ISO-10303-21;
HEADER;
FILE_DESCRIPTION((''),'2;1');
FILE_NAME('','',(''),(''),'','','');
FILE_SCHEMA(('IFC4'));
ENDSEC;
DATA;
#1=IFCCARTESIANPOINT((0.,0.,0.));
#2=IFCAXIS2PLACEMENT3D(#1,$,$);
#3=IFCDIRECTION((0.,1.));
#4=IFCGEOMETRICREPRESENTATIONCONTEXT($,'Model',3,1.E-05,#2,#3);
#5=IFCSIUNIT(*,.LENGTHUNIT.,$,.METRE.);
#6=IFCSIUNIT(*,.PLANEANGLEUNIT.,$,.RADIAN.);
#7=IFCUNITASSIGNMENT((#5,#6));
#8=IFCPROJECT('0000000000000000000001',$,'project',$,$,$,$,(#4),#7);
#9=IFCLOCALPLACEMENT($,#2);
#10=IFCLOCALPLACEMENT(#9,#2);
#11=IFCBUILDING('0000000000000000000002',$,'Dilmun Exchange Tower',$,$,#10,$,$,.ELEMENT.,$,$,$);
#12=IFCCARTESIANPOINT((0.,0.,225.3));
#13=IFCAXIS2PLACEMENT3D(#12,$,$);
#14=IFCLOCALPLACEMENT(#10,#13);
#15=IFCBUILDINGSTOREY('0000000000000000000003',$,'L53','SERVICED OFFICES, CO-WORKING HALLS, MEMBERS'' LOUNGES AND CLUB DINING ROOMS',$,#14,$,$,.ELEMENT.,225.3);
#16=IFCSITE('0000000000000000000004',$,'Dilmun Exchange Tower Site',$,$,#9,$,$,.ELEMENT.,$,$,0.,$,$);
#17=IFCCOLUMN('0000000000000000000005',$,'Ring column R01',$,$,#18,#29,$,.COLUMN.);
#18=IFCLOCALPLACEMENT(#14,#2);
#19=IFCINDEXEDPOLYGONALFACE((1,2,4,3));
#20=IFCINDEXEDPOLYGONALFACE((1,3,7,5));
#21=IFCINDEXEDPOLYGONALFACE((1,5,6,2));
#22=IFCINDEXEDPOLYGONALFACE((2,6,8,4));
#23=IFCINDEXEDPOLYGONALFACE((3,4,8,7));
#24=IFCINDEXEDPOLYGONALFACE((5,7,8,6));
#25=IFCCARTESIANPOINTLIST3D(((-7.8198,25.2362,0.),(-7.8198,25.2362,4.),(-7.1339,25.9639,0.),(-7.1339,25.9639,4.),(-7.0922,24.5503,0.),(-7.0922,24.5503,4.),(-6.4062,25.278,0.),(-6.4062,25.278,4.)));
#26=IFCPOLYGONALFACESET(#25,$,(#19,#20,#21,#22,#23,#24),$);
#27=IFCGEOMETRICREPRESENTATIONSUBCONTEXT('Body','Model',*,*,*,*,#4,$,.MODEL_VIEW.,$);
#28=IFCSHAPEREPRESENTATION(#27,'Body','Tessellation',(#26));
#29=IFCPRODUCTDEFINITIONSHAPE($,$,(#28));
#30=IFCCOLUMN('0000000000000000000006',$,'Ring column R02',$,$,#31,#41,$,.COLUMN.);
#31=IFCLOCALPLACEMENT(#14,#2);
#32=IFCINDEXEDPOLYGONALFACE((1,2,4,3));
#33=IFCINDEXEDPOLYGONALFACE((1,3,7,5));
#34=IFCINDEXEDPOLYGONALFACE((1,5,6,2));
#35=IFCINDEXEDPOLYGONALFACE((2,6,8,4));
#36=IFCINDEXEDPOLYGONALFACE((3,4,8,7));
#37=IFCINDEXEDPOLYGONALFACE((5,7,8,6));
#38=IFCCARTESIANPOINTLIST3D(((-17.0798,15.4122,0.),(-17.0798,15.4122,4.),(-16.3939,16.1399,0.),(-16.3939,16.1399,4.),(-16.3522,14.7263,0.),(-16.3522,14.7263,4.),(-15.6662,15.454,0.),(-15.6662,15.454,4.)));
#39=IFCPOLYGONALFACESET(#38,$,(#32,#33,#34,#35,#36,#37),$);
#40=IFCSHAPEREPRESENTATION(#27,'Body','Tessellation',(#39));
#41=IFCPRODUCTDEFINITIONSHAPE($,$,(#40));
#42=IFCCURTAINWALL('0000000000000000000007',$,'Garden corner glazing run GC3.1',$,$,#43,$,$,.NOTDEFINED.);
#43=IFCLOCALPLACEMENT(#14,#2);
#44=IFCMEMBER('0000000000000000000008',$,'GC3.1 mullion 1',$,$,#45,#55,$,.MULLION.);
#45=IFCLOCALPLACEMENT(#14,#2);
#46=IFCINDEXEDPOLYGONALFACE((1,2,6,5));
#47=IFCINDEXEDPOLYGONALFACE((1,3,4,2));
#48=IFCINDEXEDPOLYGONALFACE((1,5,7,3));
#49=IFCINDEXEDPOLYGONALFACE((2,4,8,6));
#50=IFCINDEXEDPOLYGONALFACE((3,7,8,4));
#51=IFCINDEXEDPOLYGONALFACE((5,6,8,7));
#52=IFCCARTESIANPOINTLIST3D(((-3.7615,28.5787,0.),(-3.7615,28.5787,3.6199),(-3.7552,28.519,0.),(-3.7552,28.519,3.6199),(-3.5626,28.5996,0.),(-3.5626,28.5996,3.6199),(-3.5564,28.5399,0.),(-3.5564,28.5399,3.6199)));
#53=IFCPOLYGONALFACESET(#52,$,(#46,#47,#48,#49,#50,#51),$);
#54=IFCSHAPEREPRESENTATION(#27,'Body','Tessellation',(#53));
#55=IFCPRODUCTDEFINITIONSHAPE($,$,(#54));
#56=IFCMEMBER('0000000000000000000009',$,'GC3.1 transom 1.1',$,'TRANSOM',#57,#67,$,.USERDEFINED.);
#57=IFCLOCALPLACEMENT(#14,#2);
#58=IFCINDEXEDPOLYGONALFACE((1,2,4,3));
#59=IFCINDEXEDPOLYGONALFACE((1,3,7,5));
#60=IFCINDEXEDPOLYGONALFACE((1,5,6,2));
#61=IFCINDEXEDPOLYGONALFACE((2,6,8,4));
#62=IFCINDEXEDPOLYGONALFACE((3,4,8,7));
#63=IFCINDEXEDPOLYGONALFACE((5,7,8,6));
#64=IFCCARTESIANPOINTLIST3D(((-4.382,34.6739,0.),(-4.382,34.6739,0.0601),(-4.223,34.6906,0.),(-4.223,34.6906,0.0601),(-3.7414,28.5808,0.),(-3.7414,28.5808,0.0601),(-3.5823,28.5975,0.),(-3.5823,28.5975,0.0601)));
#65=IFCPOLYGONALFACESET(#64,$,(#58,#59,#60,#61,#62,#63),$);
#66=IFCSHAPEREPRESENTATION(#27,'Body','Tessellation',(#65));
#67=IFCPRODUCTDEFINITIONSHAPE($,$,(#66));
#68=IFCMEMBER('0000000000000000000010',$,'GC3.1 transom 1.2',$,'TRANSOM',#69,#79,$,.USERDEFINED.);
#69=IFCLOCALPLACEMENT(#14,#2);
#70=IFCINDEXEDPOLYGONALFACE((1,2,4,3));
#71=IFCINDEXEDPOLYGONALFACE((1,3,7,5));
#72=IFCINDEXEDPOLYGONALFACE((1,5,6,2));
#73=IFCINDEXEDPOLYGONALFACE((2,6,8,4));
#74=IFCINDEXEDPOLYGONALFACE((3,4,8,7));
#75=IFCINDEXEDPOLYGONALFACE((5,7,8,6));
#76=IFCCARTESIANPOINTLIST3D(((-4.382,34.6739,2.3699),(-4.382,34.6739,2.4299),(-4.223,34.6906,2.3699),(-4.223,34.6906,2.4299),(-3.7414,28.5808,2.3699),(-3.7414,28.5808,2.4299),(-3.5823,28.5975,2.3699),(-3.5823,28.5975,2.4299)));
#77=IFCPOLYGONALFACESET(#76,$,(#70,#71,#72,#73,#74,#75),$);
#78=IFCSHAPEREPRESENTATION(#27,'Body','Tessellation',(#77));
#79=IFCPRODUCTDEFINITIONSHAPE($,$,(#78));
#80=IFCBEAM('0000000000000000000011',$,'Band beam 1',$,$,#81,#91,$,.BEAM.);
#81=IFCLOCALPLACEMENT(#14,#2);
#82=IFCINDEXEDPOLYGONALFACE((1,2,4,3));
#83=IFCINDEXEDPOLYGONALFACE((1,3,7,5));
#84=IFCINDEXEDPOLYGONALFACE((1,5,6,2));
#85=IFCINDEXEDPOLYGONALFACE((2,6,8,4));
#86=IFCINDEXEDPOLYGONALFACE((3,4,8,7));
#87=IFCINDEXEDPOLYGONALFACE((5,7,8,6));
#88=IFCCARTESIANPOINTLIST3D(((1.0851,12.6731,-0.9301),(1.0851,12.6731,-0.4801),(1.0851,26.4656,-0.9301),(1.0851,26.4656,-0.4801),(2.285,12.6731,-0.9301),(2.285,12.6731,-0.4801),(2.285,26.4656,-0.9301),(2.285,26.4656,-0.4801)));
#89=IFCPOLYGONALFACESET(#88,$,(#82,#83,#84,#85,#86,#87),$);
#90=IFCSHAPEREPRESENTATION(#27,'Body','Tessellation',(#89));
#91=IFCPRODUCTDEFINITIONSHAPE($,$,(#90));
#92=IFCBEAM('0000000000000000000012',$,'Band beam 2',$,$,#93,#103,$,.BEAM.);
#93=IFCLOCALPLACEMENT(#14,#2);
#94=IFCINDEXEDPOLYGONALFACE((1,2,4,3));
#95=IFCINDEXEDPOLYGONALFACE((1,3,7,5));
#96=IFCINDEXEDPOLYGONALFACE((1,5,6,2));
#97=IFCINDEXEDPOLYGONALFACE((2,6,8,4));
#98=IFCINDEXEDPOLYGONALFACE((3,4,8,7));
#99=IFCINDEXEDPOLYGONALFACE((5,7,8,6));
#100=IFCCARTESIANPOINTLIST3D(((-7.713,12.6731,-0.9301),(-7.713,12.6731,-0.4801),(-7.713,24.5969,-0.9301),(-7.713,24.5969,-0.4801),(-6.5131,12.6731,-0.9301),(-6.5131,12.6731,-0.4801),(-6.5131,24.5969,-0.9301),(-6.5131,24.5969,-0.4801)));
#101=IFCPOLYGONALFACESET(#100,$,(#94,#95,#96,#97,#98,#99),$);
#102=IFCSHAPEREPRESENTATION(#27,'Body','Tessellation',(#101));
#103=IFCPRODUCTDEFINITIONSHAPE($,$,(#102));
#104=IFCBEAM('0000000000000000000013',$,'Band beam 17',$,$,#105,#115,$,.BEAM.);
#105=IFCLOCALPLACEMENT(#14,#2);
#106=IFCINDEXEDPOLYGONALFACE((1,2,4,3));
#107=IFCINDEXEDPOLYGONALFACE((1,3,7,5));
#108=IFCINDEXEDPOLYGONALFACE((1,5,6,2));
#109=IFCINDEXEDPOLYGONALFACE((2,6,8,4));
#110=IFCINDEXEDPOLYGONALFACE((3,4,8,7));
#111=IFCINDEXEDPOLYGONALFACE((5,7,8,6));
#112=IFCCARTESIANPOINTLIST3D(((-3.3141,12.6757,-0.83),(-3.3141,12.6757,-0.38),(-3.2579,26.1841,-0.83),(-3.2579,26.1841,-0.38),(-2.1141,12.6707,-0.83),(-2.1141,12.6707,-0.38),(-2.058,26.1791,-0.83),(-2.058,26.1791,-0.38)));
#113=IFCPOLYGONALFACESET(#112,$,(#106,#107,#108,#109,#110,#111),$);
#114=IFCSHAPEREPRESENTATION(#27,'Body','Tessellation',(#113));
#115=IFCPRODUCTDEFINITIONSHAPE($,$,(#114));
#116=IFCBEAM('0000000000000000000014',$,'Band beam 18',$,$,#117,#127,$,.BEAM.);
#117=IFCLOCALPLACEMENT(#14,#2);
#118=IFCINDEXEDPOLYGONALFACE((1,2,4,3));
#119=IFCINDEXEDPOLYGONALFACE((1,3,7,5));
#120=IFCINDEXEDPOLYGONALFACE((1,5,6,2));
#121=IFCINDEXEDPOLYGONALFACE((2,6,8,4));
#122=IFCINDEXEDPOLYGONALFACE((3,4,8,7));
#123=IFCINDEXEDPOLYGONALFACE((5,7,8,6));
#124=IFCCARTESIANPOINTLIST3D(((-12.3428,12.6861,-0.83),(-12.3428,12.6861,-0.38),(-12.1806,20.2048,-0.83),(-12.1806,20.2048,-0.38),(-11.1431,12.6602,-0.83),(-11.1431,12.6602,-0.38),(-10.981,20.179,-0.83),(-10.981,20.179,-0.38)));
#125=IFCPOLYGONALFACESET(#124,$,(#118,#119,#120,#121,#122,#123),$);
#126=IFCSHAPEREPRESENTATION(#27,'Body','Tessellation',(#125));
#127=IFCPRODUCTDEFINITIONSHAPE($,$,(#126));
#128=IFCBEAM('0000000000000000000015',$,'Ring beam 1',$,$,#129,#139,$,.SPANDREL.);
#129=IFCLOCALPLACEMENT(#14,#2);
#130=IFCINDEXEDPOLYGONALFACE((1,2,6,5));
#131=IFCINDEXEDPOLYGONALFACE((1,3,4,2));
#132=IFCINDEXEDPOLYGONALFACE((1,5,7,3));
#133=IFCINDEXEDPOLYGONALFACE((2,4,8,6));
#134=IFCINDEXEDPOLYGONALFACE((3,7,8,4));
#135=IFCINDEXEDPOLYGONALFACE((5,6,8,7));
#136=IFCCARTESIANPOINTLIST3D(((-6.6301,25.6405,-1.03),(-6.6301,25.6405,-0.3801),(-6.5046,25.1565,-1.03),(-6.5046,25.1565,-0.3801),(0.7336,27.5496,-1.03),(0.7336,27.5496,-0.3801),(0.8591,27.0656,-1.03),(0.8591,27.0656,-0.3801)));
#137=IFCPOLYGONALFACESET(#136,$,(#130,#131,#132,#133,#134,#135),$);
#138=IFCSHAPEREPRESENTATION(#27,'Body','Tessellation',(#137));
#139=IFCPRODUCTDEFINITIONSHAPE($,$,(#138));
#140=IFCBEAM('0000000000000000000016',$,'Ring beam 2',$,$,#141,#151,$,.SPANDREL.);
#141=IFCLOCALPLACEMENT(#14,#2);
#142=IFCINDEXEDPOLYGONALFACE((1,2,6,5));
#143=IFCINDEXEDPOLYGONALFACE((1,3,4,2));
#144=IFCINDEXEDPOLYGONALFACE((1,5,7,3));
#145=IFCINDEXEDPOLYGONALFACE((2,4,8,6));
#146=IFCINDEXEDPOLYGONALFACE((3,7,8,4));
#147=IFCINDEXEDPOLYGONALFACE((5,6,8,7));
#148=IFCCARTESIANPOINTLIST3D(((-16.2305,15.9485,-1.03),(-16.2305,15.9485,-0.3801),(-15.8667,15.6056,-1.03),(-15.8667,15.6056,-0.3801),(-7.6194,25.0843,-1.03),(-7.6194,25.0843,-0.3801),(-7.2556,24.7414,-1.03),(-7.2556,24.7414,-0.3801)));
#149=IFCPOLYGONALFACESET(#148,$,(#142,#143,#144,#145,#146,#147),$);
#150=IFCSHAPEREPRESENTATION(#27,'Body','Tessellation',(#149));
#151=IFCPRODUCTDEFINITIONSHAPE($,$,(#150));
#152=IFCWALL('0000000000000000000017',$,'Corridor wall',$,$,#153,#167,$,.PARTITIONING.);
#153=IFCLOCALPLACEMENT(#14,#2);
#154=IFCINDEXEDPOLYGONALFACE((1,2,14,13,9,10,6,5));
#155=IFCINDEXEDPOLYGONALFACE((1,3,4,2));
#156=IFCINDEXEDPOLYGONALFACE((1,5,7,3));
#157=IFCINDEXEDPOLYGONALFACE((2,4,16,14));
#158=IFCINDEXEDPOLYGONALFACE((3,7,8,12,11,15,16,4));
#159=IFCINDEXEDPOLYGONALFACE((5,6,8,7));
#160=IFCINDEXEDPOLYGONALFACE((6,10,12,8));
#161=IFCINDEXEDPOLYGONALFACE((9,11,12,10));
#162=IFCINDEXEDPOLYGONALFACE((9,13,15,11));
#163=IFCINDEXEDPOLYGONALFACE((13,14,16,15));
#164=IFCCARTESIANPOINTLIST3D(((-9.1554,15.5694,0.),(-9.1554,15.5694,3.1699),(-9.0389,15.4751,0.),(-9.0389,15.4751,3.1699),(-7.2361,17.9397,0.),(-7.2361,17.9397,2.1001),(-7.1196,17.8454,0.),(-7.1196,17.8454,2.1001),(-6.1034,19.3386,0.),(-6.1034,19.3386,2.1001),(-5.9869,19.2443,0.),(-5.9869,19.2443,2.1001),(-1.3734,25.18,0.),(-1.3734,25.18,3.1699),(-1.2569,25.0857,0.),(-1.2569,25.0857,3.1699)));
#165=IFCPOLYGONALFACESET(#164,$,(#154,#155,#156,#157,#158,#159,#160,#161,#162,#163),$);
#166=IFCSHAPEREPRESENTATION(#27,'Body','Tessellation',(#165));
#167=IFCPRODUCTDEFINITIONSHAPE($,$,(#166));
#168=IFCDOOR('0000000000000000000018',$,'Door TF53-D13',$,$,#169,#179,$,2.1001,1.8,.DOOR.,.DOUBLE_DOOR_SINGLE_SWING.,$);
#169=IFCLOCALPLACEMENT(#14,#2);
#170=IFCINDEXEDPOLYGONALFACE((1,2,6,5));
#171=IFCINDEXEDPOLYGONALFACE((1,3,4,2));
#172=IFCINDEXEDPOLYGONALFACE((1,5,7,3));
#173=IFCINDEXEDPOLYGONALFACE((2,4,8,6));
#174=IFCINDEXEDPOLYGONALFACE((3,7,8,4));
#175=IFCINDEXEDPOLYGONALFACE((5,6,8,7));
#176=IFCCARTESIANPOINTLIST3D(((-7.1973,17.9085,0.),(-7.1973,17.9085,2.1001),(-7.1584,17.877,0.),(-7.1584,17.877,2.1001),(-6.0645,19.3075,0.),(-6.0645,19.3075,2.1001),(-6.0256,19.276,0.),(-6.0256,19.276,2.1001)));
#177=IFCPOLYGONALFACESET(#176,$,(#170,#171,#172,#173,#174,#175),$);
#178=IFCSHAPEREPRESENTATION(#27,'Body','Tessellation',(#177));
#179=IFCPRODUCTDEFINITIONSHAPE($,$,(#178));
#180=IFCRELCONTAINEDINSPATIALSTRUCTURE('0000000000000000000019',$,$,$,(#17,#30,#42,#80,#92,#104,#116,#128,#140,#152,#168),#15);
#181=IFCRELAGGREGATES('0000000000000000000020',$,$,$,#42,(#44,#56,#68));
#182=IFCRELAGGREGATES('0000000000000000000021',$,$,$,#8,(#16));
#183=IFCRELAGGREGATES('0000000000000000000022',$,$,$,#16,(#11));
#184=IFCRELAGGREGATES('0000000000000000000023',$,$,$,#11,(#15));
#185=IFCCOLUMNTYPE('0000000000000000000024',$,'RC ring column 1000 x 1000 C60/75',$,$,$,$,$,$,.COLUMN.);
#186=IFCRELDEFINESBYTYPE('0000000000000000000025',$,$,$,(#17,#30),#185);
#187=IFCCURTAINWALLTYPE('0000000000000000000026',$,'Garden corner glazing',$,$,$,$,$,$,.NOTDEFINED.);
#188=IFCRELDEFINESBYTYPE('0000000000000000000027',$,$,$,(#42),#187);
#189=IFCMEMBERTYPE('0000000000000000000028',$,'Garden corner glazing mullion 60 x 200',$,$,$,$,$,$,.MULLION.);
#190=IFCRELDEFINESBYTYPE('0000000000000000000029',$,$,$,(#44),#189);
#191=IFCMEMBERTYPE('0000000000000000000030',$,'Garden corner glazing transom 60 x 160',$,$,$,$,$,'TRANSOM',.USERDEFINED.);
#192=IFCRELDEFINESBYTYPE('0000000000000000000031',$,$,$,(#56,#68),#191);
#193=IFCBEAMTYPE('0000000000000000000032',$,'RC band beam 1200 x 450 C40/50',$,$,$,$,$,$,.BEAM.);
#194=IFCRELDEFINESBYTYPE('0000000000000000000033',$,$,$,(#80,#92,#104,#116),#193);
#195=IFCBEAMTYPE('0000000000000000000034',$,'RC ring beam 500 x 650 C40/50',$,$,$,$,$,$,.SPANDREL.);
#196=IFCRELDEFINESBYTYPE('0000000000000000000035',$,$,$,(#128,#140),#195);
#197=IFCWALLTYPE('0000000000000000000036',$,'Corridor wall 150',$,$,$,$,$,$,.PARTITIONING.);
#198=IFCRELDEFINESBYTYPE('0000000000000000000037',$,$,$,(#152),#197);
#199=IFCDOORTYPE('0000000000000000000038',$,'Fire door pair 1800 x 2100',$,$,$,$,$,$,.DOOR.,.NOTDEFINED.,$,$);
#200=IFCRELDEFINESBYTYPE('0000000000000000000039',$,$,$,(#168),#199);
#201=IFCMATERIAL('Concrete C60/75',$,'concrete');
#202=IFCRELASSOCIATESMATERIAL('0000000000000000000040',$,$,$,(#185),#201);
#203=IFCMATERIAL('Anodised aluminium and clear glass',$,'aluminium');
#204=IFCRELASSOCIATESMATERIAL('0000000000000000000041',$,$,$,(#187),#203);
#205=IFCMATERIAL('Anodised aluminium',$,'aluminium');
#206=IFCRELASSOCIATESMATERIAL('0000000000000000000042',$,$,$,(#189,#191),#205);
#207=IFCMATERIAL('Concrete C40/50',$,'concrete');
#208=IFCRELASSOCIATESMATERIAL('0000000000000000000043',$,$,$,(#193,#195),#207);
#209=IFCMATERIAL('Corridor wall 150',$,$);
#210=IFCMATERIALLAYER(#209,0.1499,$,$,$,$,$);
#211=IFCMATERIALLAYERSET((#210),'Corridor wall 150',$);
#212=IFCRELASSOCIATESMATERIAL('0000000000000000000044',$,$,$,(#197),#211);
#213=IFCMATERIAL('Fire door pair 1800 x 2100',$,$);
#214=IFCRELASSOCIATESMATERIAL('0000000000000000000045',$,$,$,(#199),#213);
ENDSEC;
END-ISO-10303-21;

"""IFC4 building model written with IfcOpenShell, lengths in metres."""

from ifc_helpers import new_model, si_unit, direction, frame, frame_2d, origin, origin_2d, place, context, subcontext, project, spatial, rectangle, extrude, material, layer, layer_set, material_profile, profile_set, type_object, element, fill, aggregate, save


model = new_model("IFC4")

# Units and contexts
model_context = context("Model", 3, precision=1e-05, world=origin(), true_north=direction((0.0, 1.0)))
body_context = subcontext(model_context, "Body", "Model", "MODEL_VIEW")
ifc_project = project(units=[si_unit("LENGTHUNIT", "METRE"), si_unit("PLANEANGLEUNIT", "RADIAN")], contexts=[model_context])

# Site, building, storey
site_placement = place(None, origin())
site = spatial("IfcSite", under=ifc_project, at=site_placement, Name="Dilmun Exchange Tower Site", CompositionType="ELEMENT", RefElevation=0.0)
building_placement = place(site_placement, origin())
building = spatial("IfcBuilding", under=site, at=building_placement, Name="Dilmun Exchange Tower", CompositionType="ELEMENT")
storey_placement = place(building_placement, frame((0.0, 0.0, 225.3)))
storey = spatial("IfcBuildingStorey", under=building, at=storey_placement, Name="L53", Description="SERVICED OFFICES, CO-WORKING HALLS, MEMBERS' LOUNGES AND CLUB DINING ROOMS", CompositionType="ELEMENT", Elevation=225.3)

# Columns
ifc_material_1 = material(Name="Concrete C60/75", Category="concrete")
ifc_material_profile_1 = material_profile(ifc_material_1, rectangle(XDim=1.0, YDim=1.0, at=origin_2d()), Name="1000 x 1000")
ifc_profile_set_1 = profile_set([ifc_material_profile_1], Name="Concrete C60/75")
column_type = type_object("IfcColumnType", Name="RC ring column 1000 x 1000 C60/75", PredefinedType="COLUMN", material=ifc_profile_set_1)
for number, where, z_axis, x_axis, name in (
    (1, (-7.113, 25.2571, 0.0), (0.0, 0.0, 1.0), (0.685916, 0.727681, 0.0), "Ring column R01"),
    (2, (-16.373, 15.4331, 0.0), (0.0, 0.0, 1.0), (0.685916, 0.727681, 0.0), "Ring column R02"),
):
    element("IfcColumn", number, at=place(storey_placement, frame(where, z_axis=z_axis, x_axis=x_axis)), inside=storey, type_object=column_type, Name=name, PredefinedType="COLUMN", context=body_context, shape_type="SweptSolid", body=[
        extrude(rectangle(XDim=1.0, YDim=1.0, at=origin_2d()), origin(), (0.0, 0.0, 1.0), 4.0),
    ])

# Curtain wall, members
ifc_material_2 = material(Name="Anodised aluminium and clear glass", Category="aluminium")
curtain_wall_type = type_object("IfcCurtainWallType", Name="Garden corner glazing", PredefinedType="NOTDEFINED", material=ifc_material_2)
curtain_wall_placement = place(storey_placement, origin())
curtain_wall = element("IfcCurtainWall", 3, at=curtain_wall_placement, inside=storey, type_object=curtain_wall_type, Name="Garden corner glazing run GC3.1", PredefinedType="NOTDEFINED")
ifc_material_3 = material(Name="Anodised aluminium", Category="aluminium")
ifc_material_profile_2 = material_profile(ifc_material_3, rectangle(XDim=0.2, YDim=0.0601, at=origin_2d()), Name="AL 60x200")
ifc_profile_set_2 = profile_set([ifc_material_profile_2], Name="Anodised aluminium")
member_type_1 = type_object("IfcMemberType", Name="Garden corner glazing mullion 60 x 200", PredefinedType="MULLION", material=ifc_profile_set_2)
member_1_placement = place(storey_placement, frame((-3.6589, 28.5593, 0.0), z_axis=(0.0, 0.0, 1.0), x_axis=(-0.994521, -0.10454, 0.0)))
member_1 = element("IfcMember", 4, at=member_1_placement, type_object=member_type_1, Name="GC3.1 mullion 1", PredefinedType="MULLION", context=body_context, shape_type="SweptSolid", body=[
    extrude(rectangle(XDim=0.2, YDim=0.0601, at=origin_2d()), origin(), (0.0, 0.0, 1.0), 3.6199),
])
ifc_material_profile_3 = material_profile(ifc_material_3, rectangle(XDim=0.1599, YDim=0.0601, at=origin_2d()), Name="AL 60x160")
ifc_profile_set_3 = profile_set([ifc_material_profile_3], Name="Anodised aluminium")
member_type_2 = type_object("IfcMemberType", Name="Garden corner glazing transom 60 x 160", ElementType="TRANSOM", PredefinedType="USERDEFINED", material=ifc_profile_set_3)
member_2_placement = place(storey_placement, frame((-3.6619, 28.5891, 0.03), z_axis=(-0.104564, 0.994518, 0.0), x_axis=(-0.994518, -0.104564, 0.0)))
member_2 = element("IfcMember", 5, at=member_2_placement, type_object=member_type_2, Name="GC3.1 transom 1.1", ObjectType="TRANSOM", PredefinedType="USERDEFINED", context=body_context, shape_type="SweptSolid", body=[
    extrude(rectangle(XDim=0.1599, YDim=0.0601, at=origin_2d()), origin(), (0.0, 0.0, 1.0), 6.1267),
])
member_3_placement = place(storey_placement, frame((-3.6619, 28.5891, 2.3999), z_axis=(-0.104564, 0.994518, 0.0), x_axis=(-0.994518, -0.104564, 0.0)))
member_3 = element("IfcMember", 6, at=member_3_placement, type_object=member_type_2, Name="GC3.1 transom 1.2", ObjectType="TRANSOM", PredefinedType="USERDEFINED", context=body_context, shape_type="SweptSolid", body=[
    extrude(rectangle(XDim=0.1599, YDim=0.0601, at=origin_2d()), origin(), (0.0, 0.0, 1.0), 6.1267),
])
aggregate(curtain_wall, [member_1, member_2, member_3])

# Beams
ifc_material_4 = material(Name="Concrete C40/50", Category="concrete")
ifc_material_profile_4 = material_profile(ifc_material_4, rectangle(XDim=1.2, YDim=0.45, at=origin_2d()), Name="1200 x 450")
ifc_profile_set_4 = profile_set([ifc_material_profile_4], Name="Concrete C40/50")
beam_type_1 = type_object("IfcBeamType", Name="RC band beam 1200 x 450 C40/50", PredefinedType="BEAM", material=ifc_profile_set_4)
beam_1_placement = place(storey_placement, frame((1.6851, 26.4656, -0.7051), z_axis=(0.0, -1.0, 0.0), x_axis=(1.0, 0.0, 0.0)))
element("IfcBeam", 7, at=beam_1_placement, inside=storey, type_object=beam_type_1, Name="Band beam 1", PredefinedType="BEAM", context=body_context, shape_type="SweptSolid", body=[
    extrude(rectangle(XDim=1.2, YDim=0.45, at=origin_2d()), origin(), (0.0, 0.0, 1.0), 13.7925),
])
beam_2_placement = place(storey_placement, frame((-7.113, 24.5969, -0.7051), z_axis=(0.0, -1.0, 0.0), x_axis=(1.0, 0.0, 0.0)))
element("IfcBeam", 8, at=beam_2_placement, inside=storey, type_object=beam_type_1, Name="Band beam 2", PredefinedType="BEAM", context=body_context, shape_type="SweptSolid", body=[
    extrude(rectangle(XDim=1.2, YDim=0.45, at=origin_2d()), origin(), (0.0, 0.0, 1.0), 11.9238),
])
beam_3_placement = place(storey_placement, frame((-2.658, 26.1816, -0.605), z_axis=(-0.004157, -0.999991, 0.0), x_axis=(0.999991, -0.004157, 0.0)))
element("IfcBeam", 9, at=beam_3_placement, inside=storey, type_object=beam_type_1, Name="Band beam 17", PredefinedType="BEAM", context=body_context, shape_type="SweptSolid", body=[
    extrude(rectangle(XDim=1.2, YDim=0.45, at=origin_2d()), origin(), (0.0, 0.0, 1.0), 13.5085),
])
beam_4_placement = place(storey_placement, frame((-11.5808, 20.1919, -0.605), z_axis=(-0.021556, -0.999768, 0.0), x_axis=(0.999768, -0.021556, 0.0)))
element("IfcBeam", 10, at=beam_4_placement, inside=storey, type_object=beam_type_1, Name="Band beam 18", PredefinedType="BEAM", context=body_context, shape_type="SweptSolid", body=[
    extrude(rectangle(XDim=1.2, YDim=0.45, at=origin_2d()), origin(), (0.0, 0.0, 1.0), 7.5205),
])
ifc_material_profile_5 = material_profile(ifc_material_4, rectangle(XDim=0.5, YDim=0.6499, at=origin_2d()), Name="500 x 650")
ifc_profile_set_5 = profile_set([ifc_material_profile_5], Name="Concrete C40/50")
beam_type_2 = type_object("IfcBeamType", Name="RC ring beam 500 x 650 C40/50", PredefinedType="SPANDREL", material=ifc_profile_set_5)
beam_5_placement = place(storey_placement, frame((0.7964, 27.3076, -0.7051), z_axis=(-0.967995, -0.250969, 0.0), x_axis=(0.250969, -0.967995, 0.0)))
element("IfcBeam", 11, at=beam_5_placement, inside=storey, type_object=beam_type_2, Name="Ring beam 1", PredefinedType="SPANDREL", context=body_context, shape_type="SweptSolid", body=[
    extrude(rectangle(XDim=0.5, YDim=0.6499, at=origin_2d()), origin(), (0.0, 0.0, 1.0), 7.6072),
])
beam_6_placement = place(storey_placement, frame((-7.4375, 24.9128, -0.7051), z_axis=(-0.685903, -0.727693, 0.0), x_axis=(0.727693, -0.685903, 0.0)))
element("IfcBeam", 12, at=beam_6_placement, inside=storey, type_object=beam_type_2, Name="Ring beam 2", PredefinedType="SPANDREL", context=body_context, shape_type="SweptSolid", body=[
    extrude(rectangle(XDim=0.5, YDim=0.6499, at=origin_2d()), origin(), (0.0, 0.0, 1.0), 12.5544),
])

# Wall, opening, door
ifc_material_5 = material(Name="Corridor wall 150")
ifc_layer_1 = layer(ifc_material_5, 0.1499)
ifc_layer_set_1 = layer_set([ifc_layer_1], Name="Corridor wall 150")
wall_type_1 = type_object("IfcWallType", Name="Corridor wall 150", PredefinedType="PARTITIONING", material=ifc_layer_set_1)
wall_1_placement = place(storey_placement, frame((-9.0972, 15.5222, 0.0), z_axis=(0.0, 0.0, 1.0), x_axis=(0.629295, 0.777167, 0.0)))
wall_1 = element("IfcWall", 13, at=wall_1_placement, inside=storey, type_object=wall_type_1, Name="Corridor wall", PredefinedType="PARTITIONING", context=body_context, shape_type="SweptSolid", body=[
    extrude(rectangle(XDim=12.3662, YDim=0.1499, at=frame_2d((6.1831, 0.0))), origin(), (0.0, 0.0, 1.0), 3.1699),
])
opening_placement = place(wall_1_placement, frame((3.05, 0.0, 0.0)))
opening = element("IfcOpeningElement", 14, at=opening_placement, cuts=wall_1, PredefinedType="OPENING", context=body_context, shape_type="SweptSolid", body=[
    extrude(rectangle(XDim=1.8, YDim=2.1001, at=frame_2d((0.8999, 1.05))), frame((0.0, 0.085, 0.0), z_axis=(0.0, -1.0, 0.0), x_axis=(1.0, 0.0, 0.0)), (0.0, 0.0, 1.0), 0.1699),
])
ifc_material_6 = material(Name="Fire door pair 1800 x 2100")
door_type = type_object("IfcDoorType", Name="Fire door pair 1800 x 2100", OperationType="NOTDEFINED", PredefinedType="DOOR", material=ifc_material_6)
door_placement = place(opening_placement, frame((1.8, 0.0, 0.0), z_axis=(0.0, 0.0, 1.0), x_axis=(-1.0, 0.0, 0.0)))
door = element("IfcDoor", 15, at=door_placement, inside=storey, type_object=door_type, Name="Door TF53-D13", OperationType="DOUBLE_DOOR_SINGLE_SWING", OverallHeight=2.1001, OverallWidth=1.8, PredefinedType="DOOR", context=body_context, shape_type="SweptSolid", body=[
    extrude(rectangle(XDim=1.8, YDim=2.1001, at=frame_2d((0.8999, 1.05))), frame((0.0, 0.0249, 0.0), z_axis=(0.0, -1.0, 0.0), x_axis=(1.0, 0.0, 0.0)), (0.0, 0.0, 1.0), 0.05),
])
fill(opening, door)

save(model, "model.ifc")
